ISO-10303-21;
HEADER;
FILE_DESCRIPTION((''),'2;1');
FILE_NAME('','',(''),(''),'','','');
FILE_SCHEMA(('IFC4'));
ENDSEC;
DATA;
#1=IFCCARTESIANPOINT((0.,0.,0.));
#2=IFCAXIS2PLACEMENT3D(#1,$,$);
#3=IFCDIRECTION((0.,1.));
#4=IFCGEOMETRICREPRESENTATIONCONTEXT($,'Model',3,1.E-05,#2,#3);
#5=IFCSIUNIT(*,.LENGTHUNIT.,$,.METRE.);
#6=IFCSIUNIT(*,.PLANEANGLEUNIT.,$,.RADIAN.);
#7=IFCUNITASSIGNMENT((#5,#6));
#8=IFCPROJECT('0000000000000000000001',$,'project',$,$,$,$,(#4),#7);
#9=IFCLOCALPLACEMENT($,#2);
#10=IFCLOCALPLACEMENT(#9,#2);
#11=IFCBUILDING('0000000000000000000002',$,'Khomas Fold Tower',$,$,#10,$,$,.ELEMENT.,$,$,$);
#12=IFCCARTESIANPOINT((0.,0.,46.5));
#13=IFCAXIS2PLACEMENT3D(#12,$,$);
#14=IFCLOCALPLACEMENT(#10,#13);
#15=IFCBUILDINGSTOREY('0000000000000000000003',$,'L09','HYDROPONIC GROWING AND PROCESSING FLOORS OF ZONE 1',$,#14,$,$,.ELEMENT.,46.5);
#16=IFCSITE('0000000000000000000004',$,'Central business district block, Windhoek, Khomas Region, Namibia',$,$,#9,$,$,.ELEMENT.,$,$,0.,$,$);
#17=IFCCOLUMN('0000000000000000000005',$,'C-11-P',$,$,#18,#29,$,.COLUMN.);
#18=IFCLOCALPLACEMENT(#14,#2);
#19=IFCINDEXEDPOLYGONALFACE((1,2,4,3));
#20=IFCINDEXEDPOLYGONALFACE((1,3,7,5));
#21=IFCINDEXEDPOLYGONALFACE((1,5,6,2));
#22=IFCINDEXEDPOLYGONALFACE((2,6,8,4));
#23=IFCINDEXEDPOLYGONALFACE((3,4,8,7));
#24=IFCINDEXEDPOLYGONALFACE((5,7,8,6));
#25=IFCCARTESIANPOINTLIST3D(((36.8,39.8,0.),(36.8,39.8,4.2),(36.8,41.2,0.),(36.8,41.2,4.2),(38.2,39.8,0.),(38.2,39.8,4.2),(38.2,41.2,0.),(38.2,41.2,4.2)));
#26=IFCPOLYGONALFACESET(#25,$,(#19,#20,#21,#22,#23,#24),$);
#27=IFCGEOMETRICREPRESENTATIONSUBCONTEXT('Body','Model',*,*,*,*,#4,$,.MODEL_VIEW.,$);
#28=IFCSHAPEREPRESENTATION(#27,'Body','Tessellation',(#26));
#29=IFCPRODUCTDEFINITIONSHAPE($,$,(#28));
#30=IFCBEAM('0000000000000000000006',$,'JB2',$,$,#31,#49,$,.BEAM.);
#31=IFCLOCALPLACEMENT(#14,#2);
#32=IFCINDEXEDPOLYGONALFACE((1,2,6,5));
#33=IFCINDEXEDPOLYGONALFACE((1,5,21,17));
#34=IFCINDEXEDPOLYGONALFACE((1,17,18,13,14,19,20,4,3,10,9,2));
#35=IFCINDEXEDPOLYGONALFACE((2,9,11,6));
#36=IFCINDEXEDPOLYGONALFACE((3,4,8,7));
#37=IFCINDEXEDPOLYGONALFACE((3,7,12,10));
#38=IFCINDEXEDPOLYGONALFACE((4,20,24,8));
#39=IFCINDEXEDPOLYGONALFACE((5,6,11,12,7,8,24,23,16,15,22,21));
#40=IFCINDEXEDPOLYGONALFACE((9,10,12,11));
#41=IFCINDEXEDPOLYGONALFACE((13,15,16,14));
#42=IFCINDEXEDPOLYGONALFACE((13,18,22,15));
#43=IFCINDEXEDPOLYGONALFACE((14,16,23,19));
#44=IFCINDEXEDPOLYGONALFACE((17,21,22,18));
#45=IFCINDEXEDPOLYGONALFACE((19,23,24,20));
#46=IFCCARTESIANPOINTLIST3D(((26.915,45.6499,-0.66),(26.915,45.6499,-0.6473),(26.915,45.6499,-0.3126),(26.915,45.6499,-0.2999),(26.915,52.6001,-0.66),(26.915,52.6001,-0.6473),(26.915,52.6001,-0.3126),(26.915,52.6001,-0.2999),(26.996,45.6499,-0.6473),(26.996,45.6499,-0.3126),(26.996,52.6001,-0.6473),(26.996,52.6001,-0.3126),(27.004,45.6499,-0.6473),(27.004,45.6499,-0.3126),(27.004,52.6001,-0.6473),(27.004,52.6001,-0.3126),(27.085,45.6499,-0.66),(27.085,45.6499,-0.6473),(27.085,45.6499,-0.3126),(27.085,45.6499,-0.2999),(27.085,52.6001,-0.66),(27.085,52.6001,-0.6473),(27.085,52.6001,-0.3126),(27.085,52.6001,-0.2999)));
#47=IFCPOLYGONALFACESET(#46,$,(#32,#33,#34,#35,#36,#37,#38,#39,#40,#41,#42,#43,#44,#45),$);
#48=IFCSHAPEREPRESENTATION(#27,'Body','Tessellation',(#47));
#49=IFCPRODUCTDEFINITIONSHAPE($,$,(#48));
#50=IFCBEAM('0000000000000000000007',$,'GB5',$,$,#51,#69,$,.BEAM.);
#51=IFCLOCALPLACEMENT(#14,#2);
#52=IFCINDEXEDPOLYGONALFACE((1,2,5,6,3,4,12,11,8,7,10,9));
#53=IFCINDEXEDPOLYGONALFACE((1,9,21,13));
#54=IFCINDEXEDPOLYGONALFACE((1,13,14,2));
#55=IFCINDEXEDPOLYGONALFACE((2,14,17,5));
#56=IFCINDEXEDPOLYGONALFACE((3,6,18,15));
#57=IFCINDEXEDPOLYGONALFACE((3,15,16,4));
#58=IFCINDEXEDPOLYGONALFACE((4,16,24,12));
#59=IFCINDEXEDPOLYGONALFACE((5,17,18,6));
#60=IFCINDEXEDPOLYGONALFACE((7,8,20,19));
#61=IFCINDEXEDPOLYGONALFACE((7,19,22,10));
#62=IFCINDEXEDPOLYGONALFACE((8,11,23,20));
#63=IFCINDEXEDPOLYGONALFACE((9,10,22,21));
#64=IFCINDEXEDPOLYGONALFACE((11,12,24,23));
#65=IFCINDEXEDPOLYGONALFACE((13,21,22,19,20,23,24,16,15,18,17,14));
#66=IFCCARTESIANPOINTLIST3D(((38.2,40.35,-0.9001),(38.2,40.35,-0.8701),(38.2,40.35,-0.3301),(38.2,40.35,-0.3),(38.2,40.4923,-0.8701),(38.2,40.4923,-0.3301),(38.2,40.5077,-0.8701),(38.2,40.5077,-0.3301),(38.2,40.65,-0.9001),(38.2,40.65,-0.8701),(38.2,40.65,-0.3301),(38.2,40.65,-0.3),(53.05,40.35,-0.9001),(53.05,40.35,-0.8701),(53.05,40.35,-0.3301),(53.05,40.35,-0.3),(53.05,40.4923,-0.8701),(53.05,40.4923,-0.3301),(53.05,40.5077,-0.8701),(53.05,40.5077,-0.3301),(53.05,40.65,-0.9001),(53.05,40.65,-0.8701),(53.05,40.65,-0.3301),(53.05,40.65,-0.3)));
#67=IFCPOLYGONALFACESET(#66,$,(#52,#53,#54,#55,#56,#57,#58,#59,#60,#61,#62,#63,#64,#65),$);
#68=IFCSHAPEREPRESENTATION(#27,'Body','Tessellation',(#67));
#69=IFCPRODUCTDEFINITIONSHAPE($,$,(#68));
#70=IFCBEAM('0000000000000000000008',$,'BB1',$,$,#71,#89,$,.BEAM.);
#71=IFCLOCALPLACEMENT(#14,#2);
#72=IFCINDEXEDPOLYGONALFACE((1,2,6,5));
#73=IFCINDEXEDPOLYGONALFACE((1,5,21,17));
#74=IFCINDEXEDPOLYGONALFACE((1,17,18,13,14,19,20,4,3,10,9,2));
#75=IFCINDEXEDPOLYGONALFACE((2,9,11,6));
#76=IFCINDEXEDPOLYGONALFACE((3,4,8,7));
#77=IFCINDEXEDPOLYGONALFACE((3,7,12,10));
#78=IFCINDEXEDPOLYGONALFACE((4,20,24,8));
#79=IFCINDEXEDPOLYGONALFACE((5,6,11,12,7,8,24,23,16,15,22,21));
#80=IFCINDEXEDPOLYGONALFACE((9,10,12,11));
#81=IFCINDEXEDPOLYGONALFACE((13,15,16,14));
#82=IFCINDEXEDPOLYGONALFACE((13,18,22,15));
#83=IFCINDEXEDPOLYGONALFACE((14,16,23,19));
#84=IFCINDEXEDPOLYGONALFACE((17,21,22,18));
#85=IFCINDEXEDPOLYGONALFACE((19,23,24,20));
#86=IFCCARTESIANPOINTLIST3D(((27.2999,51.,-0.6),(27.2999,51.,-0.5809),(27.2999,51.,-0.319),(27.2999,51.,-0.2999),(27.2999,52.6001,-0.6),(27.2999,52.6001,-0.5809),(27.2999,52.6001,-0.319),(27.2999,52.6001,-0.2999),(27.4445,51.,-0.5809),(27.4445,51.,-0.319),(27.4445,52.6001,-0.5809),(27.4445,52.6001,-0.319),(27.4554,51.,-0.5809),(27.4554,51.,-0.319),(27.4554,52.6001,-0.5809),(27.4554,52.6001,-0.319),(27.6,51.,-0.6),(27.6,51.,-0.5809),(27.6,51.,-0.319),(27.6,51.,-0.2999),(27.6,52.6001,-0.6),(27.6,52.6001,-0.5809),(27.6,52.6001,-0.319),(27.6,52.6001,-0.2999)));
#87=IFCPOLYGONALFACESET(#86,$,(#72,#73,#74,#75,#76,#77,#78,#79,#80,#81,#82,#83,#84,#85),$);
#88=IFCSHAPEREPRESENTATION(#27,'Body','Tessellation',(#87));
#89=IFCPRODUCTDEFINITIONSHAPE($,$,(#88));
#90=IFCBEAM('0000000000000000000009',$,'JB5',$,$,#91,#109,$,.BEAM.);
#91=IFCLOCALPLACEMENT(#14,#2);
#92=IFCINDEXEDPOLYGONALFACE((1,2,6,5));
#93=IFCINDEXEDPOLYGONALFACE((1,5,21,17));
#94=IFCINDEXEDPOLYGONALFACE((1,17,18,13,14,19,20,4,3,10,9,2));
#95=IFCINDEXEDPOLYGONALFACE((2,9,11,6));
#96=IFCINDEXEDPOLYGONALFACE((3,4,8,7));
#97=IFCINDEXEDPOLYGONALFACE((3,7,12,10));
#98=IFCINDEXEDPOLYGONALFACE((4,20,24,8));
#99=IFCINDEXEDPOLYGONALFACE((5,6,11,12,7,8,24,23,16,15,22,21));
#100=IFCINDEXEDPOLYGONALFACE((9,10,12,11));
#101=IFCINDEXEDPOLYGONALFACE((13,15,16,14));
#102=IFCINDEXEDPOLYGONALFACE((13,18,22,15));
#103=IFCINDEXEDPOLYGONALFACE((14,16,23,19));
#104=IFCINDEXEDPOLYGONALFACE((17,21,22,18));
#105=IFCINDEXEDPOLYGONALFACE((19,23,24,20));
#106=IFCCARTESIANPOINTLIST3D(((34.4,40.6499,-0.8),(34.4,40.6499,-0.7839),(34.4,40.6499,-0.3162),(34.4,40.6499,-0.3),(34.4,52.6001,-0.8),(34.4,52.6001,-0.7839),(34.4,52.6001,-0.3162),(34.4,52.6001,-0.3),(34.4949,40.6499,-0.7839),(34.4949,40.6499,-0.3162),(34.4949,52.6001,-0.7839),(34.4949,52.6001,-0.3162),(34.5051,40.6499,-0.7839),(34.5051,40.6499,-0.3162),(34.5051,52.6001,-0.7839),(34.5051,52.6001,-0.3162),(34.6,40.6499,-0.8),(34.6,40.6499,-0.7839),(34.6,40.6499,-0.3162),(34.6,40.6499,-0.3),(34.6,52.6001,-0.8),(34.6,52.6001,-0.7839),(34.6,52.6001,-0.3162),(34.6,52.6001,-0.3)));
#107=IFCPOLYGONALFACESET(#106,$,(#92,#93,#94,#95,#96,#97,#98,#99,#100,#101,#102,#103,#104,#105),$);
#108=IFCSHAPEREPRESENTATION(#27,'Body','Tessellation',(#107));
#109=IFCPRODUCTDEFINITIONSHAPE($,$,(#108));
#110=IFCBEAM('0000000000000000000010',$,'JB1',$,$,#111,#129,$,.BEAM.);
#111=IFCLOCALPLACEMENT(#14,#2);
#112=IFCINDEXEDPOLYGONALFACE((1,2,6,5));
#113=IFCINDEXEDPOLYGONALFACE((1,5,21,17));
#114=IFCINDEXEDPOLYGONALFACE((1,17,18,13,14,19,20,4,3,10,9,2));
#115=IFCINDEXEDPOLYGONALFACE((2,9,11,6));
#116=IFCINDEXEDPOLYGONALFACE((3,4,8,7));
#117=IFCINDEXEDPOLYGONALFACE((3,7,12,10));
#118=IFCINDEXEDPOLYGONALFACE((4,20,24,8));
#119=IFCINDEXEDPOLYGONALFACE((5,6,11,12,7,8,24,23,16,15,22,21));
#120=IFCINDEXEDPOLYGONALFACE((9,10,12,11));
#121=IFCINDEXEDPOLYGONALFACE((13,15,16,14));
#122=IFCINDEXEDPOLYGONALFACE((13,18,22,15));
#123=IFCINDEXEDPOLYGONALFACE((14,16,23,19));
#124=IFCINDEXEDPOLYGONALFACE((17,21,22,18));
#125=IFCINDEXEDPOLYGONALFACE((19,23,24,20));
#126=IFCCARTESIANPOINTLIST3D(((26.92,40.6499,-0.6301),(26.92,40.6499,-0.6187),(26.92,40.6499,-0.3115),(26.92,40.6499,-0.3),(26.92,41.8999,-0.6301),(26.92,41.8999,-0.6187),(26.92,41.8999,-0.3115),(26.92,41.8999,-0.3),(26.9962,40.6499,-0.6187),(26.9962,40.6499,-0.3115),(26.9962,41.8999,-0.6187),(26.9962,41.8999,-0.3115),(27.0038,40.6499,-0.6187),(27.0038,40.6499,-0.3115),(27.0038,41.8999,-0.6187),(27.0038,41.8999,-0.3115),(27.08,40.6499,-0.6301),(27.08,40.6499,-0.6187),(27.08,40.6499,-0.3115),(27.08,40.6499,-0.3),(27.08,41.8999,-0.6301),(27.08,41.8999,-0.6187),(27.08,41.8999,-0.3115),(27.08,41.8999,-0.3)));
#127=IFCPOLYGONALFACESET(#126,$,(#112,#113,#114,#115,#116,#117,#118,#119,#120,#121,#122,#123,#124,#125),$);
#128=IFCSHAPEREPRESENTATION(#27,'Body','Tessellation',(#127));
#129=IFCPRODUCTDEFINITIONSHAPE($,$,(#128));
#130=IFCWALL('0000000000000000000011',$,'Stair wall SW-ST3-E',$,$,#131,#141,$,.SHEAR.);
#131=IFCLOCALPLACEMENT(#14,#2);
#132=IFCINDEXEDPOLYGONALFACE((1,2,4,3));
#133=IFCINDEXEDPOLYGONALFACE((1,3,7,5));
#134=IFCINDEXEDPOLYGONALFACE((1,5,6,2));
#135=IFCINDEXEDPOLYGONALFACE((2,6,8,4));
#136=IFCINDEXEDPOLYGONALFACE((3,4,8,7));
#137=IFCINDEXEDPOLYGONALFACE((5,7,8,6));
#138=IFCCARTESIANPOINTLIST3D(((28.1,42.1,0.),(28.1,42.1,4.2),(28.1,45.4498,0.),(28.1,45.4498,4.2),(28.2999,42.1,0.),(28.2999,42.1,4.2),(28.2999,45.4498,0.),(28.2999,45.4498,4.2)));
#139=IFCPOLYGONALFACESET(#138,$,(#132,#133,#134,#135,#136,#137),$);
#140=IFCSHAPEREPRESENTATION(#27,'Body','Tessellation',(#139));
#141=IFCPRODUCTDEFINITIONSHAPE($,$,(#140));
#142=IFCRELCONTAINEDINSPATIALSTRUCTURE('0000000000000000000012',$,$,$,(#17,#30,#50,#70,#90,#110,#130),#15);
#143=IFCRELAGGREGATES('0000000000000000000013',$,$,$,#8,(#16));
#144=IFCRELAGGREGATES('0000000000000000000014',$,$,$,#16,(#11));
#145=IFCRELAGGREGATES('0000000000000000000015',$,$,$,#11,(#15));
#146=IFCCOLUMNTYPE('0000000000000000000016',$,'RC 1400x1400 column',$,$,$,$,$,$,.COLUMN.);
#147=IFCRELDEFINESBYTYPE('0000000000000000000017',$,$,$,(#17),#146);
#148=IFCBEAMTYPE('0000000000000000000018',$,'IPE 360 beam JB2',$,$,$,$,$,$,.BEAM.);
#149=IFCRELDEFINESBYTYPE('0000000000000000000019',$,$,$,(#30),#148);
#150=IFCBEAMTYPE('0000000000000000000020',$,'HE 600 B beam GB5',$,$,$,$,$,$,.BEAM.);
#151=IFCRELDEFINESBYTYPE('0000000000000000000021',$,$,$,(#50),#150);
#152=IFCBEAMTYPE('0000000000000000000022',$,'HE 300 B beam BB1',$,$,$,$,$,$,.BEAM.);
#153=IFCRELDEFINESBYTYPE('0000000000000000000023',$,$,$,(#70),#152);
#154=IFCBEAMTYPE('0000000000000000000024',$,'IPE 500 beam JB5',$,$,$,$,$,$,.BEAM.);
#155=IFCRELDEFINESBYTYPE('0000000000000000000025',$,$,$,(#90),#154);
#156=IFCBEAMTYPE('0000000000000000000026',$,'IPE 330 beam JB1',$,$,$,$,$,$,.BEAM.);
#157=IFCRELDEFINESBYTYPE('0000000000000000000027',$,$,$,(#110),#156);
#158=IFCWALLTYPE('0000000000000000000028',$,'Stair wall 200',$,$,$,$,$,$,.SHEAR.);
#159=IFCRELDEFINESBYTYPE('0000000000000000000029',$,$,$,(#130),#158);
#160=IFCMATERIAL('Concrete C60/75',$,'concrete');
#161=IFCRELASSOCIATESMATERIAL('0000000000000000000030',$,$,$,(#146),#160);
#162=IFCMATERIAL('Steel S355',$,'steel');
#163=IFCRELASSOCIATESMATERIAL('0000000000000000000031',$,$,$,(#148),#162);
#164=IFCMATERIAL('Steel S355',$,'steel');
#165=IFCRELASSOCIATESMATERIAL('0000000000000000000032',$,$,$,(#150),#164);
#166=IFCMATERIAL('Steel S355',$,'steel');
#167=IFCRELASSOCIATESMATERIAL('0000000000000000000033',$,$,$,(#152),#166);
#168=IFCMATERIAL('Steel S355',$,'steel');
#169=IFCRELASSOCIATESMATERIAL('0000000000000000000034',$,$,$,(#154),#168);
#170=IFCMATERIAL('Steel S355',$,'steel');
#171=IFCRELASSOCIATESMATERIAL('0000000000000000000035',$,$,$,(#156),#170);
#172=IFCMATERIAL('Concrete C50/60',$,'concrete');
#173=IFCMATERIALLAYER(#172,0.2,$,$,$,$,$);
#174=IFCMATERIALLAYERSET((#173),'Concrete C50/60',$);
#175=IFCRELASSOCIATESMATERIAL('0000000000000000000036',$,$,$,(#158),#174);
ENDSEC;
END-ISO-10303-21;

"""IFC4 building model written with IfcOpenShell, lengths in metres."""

from ifc_helpers import new_model, si_unit, direction, frame, frame_2d, origin, origin_2d, place, context, subcontext, project, spatial, rectangle, i_section, extrude, source, transform, mapped, material, layer, layer_set, material_profile, profile_set, type_object, element, save


model = new_model("IFC4")

# Units and contexts
model_context = context("Model", 3, precision=1e-05, world=origin(), true_north=direction((0.0, 1.0)))
body_context = subcontext(model_context, "Body", "Model", "MODEL_VIEW")
ifc_project = project(units=[si_unit("LENGTHUNIT", "METRE"), si_unit("PLANEANGLEUNIT", "RADIAN")], contexts=[model_context])

# Site, building, storey
site_placement = place(None, origin())
site = spatial("IfcSite", under=ifc_project, at=site_placement, Name="Central business district block, Windhoek, Khomas Region, Namibia", CompositionType="ELEMENT", RefElevation=0.0)
building_placement = place(site_placement, origin())
building = spatial("IfcBuilding", under=site, at=building_placement, Name="Khomas Fold Tower", CompositionType="ELEMENT")
storey_placement = place(building_placement, frame((0.0, 0.0, 46.5)))
storey = spatial("IfcBuildingStorey", under=building, at=storey_placement, Name="L09", Description="HYDROPONIC GROWING AND PROCESSING FLOORS OF ZONE 1", CompositionType="ELEMENT", Elevation=46.5)

# Column
ifc_material_1 = material(Name="Concrete C60/75", Category="concrete")
ifc_material_profile_1 = material_profile(ifc_material_1, rectangle(XDim=1.3999, YDim=1.3999, at=origin_2d()), Name="RC 1400x1400")
ifc_profile_set_1 = profile_set([ifc_material_profile_1], Name="Concrete C60/75")
column_type = type_object("IfcColumnType", Name="RC 1400x1400 column", PredefinedType="COLUMN", material=ifc_profile_set_1)
shared_shape_1 = source(origin(), body_context, "Body", "SweptSolid", [
    extrude(rectangle(XDim=1.3999, YDim=1.3999, at=origin_2d()), origin(), (0.0, 0.0, 1.0), 4.2),
])
column_placement = place(storey_placement, frame((37.5, 40.5, 0.0), z_axis=(0.0, 0.0, 1.0), x_axis=(1.0, 0.0, 0.0)))
element("IfcColumn", 1, at=column_placement, inside=storey, type_object=column_type, Name="C-11-P", PredefinedType="COLUMN", context=body_context, shape_type="MappedRepresentation", body=[
    mapped(shared_shape_1, transform((0.0, 0.0, 0.0))),
])

# Beams
ifc_material_2 = material(Name="Steel S355", Category="steel")
ifc_material_profile_2 = material_profile(ifc_material_2, i_section(OverallWidth=0.1699, OverallDepth=0.3601, WebThickness=0.0081, FlangeThickness=0.0127, at=origin_2d()), Name="IPE 360")
ifc_profile_set_2 = profile_set([ifc_material_profile_2], Name="Steel S355")
beam_type_1 = type_object("IfcBeamType", Name="IPE 360 beam JB2", PredefinedType="BEAM", material=ifc_profile_set_2)
shared_shape_2 = source(origin(), body_context, "Body", "SweptSolid", [
    extrude(i_section(OverallWidth=0.1699, OverallDepth=0.3601, WebThickness=0.0081, FlangeThickness=0.0127, at=origin_2d()), origin(), (0.0, 0.0, 1.0), 6.9502),
])
beam_1_placement = place(storey_placement, frame((27.0, 45.6499, -0.48), z_axis=(0.0, 1.0, 0.0), x_axis=(-1.0, 0.0, 0.0)))
element("IfcBeam", 2, at=beam_1_placement, inside=storey, type_object=beam_type_1, Name="JB2", PredefinedType="BEAM", context=body_context, shape_type="MappedRepresentation", body=[
    mapped(shared_shape_2, transform((0.0, 0.0, 0.0))),
])
ifc_material_3 = material(Name="Steel S355", Category="steel")
ifc_material_profile_3 = material_profile(ifc_material_3, i_section(OverallWidth=0.3, OverallDepth=0.6001, WebThickness=0.0154, FlangeThickness=0.03, at=origin_2d()), Name="HE 600 B")
ifc_profile_set_3 = profile_set([ifc_material_profile_3], Name="Steel S355")
beam_type_2 = type_object("IfcBeamType", Name="HE 600 B beam GB5", PredefinedType="BEAM", material=ifc_profile_set_3)
shared_shape_3 = source(origin(), body_context, "Body", "SweptSolid", [
    extrude(i_section(OverallWidth=0.3, OverallDepth=0.6001, WebThickness=0.0154, FlangeThickness=0.03, at=origin_2d()), origin(), (0.0, 0.0, 1.0), 14.8501),
])
beam_2_placement = place(storey_placement, frame((38.2, 40.5, -0.6001), z_axis=(1.0, 0.0, 0.0), x_axis=(0.0, 1.0, 0.0)))
element("IfcBeam", 3, at=beam_2_placement, inside=storey, type_object=beam_type_2, Name="GB5", PredefinedType="BEAM", context=body_context, shape_type="MappedRepresentation", body=[
    mapped(shared_shape_3, transform((0.0, 0.0, 0.0))),
])
ifc_material_4 = material(Name="Steel S355", Category="steel")
ifc_material_profile_4 = material_profile(ifc_material_4, i_section(OverallWidth=0.3, OverallDepth=0.3, WebThickness=0.011, FlangeThickness=0.019, at=origin_2d()), Name="HE 300 B")
ifc_profile_set_4 = profile_set([ifc_material_profile_4], Name="Steel S355")
beam_type_3 = type_object("IfcBeamType", Name="HE 300 B beam BB1", PredefinedType="BEAM", material=ifc_profile_set_4)
shared_shape_4 = source(origin(), body_context, "Body", "SweptSolid", [
    extrude(i_section(OverallWidth=0.3, OverallDepth=0.3, WebThickness=0.011, FlangeThickness=0.019, at=origin_2d()), origin(), (0.0, 0.0, 1.0), 1.6001),
])
beam_3_placement = place(storey_placement, frame((27.45, 51.0, -0.45), z_axis=(0.0, 1.0, 0.0), x_axis=(-1.0, 0.0, 0.0)))
element("IfcBeam", 4, at=beam_3_placement, inside=storey, type_object=beam_type_3, Name="BB1", PredefinedType="BEAM", context=body_context, shape_type="MappedRepresentation", body=[
    mapped(shared_shape_4, transform((0.0, 0.0, 0.0))),
])
ifc_material_5 = material(Name="Steel S355", Category="steel")
ifc_material_profile_5 = material_profile(ifc_material_5, i_section(OverallWidth=0.2, OverallDepth=0.5, WebThickness=0.0103, FlangeThickness=0.0161, at=origin_2d()), Name="IPE 500")
ifc_profile_set_5 = profile_set([ifc_material_profile_5], Name="Steel S355")
beam_type_4 = type_object("IfcBeamType", Name="IPE 500 beam JB5", PredefinedType="BEAM", material=ifc_profile_set_5)
shared_shape_5 = source(origin(), body_context, "Body", "SweptSolid", [
    extrude(i_section(OverallWidth=0.2, OverallDepth=0.5, WebThickness=0.0103, FlangeThickness=0.0161, at=origin_2d()), origin(), (0.0, 0.0, 1.0), 11.9502),
])
beam_4_placement = place(storey_placement, frame((34.5, 40.6499, -0.55), z_axis=(0.0, 1.0, 0.0), x_axis=(-1.0, 0.0, 0.0)))
element("IfcBeam", 5, at=beam_4_placement, inside=storey, type_object=beam_type_4, Name="JB5", PredefinedType="BEAM", context=body_context, shape_type="MappedRepresentation", body=[
    mapped(shared_shape_5, transform((0.0, 0.0, 0.0))),
])
ifc_material_6 = material(Name="Steel S355", Category="steel")
ifc_material_profile_6 = material_profile(ifc_material_6, i_section(OverallWidth=0.1599, OverallDepth=0.3301, WebThickness=0.0076, FlangeThickness=0.0115, at=origin_2d()), Name="IPE 330")
ifc_profile_set_6 = profile_set([ifc_material_profile_6], Name="Steel S355")
beam_type_5 = type_object("IfcBeamType", Name="IPE 330 beam JB1", PredefinedType="BEAM", material=ifc_profile_set_6)
shared_shape_6 = source(origin(), body_context, "Body", "SweptSolid", [
    extrude(i_section(OverallWidth=0.1599, OverallDepth=0.3301, WebThickness=0.0076, FlangeThickness=0.0115, at=origin_2d()), origin(), (0.0, 0.0, 1.0), 1.25),
])
beam_5_placement = place(storey_placement, frame((27.0, 40.6499, -0.4651), z_axis=(0.0, 1.0, 0.0), x_axis=(-1.0, 0.0, 0.0)))
element("IfcBeam", 6, at=beam_5_placement, inside=storey, type_object=beam_type_5, Name="JB1", PredefinedType="BEAM", context=body_context, shape_type="MappedRepresentation", body=[
    mapped(shared_shape_6, transform((0.0, 0.0, 0.0))),
])

# Wall
ifc_material_7 = material(Name="Concrete C50/60", Category="concrete")
ifc_layer_1 = layer(ifc_material_7, 0.2)
ifc_layer_set_1 = layer_set([ifc_layer_1], Name="Concrete C50/60")
wall_type_1 = type_object("IfcWallType", Name="Stair wall 200", PredefinedType="SHEAR", material=ifc_layer_set_1)
shared_shape_7 = source(origin(), body_context, "Body", "SweptSolid", [
    extrude(rectangle(XDim=3.3499, YDim=0.2, at=frame_2d((1.6748, 0.0))), origin(), (0.0, 0.0, 1.0), 4.2),
])
wall_1_placement = place(storey_placement, frame((28.2, 42.1001, 0.0), z_axis=(0.0, 0.0, 1.0), x_axis=(0.0, 1.0, 0.0)))
element("IfcWall", 7, at=wall_1_placement, inside=storey, type_object=wall_type_1, Name="Stair wall SW-ST3-E", PredefinedType="SHEAR", context=body_context, shape_type="MappedRepresentation", body=[
    mapped(shared_shape_7, transform((0.0, 0.0, 0.0))),
])

save(model, "model.ifc")
